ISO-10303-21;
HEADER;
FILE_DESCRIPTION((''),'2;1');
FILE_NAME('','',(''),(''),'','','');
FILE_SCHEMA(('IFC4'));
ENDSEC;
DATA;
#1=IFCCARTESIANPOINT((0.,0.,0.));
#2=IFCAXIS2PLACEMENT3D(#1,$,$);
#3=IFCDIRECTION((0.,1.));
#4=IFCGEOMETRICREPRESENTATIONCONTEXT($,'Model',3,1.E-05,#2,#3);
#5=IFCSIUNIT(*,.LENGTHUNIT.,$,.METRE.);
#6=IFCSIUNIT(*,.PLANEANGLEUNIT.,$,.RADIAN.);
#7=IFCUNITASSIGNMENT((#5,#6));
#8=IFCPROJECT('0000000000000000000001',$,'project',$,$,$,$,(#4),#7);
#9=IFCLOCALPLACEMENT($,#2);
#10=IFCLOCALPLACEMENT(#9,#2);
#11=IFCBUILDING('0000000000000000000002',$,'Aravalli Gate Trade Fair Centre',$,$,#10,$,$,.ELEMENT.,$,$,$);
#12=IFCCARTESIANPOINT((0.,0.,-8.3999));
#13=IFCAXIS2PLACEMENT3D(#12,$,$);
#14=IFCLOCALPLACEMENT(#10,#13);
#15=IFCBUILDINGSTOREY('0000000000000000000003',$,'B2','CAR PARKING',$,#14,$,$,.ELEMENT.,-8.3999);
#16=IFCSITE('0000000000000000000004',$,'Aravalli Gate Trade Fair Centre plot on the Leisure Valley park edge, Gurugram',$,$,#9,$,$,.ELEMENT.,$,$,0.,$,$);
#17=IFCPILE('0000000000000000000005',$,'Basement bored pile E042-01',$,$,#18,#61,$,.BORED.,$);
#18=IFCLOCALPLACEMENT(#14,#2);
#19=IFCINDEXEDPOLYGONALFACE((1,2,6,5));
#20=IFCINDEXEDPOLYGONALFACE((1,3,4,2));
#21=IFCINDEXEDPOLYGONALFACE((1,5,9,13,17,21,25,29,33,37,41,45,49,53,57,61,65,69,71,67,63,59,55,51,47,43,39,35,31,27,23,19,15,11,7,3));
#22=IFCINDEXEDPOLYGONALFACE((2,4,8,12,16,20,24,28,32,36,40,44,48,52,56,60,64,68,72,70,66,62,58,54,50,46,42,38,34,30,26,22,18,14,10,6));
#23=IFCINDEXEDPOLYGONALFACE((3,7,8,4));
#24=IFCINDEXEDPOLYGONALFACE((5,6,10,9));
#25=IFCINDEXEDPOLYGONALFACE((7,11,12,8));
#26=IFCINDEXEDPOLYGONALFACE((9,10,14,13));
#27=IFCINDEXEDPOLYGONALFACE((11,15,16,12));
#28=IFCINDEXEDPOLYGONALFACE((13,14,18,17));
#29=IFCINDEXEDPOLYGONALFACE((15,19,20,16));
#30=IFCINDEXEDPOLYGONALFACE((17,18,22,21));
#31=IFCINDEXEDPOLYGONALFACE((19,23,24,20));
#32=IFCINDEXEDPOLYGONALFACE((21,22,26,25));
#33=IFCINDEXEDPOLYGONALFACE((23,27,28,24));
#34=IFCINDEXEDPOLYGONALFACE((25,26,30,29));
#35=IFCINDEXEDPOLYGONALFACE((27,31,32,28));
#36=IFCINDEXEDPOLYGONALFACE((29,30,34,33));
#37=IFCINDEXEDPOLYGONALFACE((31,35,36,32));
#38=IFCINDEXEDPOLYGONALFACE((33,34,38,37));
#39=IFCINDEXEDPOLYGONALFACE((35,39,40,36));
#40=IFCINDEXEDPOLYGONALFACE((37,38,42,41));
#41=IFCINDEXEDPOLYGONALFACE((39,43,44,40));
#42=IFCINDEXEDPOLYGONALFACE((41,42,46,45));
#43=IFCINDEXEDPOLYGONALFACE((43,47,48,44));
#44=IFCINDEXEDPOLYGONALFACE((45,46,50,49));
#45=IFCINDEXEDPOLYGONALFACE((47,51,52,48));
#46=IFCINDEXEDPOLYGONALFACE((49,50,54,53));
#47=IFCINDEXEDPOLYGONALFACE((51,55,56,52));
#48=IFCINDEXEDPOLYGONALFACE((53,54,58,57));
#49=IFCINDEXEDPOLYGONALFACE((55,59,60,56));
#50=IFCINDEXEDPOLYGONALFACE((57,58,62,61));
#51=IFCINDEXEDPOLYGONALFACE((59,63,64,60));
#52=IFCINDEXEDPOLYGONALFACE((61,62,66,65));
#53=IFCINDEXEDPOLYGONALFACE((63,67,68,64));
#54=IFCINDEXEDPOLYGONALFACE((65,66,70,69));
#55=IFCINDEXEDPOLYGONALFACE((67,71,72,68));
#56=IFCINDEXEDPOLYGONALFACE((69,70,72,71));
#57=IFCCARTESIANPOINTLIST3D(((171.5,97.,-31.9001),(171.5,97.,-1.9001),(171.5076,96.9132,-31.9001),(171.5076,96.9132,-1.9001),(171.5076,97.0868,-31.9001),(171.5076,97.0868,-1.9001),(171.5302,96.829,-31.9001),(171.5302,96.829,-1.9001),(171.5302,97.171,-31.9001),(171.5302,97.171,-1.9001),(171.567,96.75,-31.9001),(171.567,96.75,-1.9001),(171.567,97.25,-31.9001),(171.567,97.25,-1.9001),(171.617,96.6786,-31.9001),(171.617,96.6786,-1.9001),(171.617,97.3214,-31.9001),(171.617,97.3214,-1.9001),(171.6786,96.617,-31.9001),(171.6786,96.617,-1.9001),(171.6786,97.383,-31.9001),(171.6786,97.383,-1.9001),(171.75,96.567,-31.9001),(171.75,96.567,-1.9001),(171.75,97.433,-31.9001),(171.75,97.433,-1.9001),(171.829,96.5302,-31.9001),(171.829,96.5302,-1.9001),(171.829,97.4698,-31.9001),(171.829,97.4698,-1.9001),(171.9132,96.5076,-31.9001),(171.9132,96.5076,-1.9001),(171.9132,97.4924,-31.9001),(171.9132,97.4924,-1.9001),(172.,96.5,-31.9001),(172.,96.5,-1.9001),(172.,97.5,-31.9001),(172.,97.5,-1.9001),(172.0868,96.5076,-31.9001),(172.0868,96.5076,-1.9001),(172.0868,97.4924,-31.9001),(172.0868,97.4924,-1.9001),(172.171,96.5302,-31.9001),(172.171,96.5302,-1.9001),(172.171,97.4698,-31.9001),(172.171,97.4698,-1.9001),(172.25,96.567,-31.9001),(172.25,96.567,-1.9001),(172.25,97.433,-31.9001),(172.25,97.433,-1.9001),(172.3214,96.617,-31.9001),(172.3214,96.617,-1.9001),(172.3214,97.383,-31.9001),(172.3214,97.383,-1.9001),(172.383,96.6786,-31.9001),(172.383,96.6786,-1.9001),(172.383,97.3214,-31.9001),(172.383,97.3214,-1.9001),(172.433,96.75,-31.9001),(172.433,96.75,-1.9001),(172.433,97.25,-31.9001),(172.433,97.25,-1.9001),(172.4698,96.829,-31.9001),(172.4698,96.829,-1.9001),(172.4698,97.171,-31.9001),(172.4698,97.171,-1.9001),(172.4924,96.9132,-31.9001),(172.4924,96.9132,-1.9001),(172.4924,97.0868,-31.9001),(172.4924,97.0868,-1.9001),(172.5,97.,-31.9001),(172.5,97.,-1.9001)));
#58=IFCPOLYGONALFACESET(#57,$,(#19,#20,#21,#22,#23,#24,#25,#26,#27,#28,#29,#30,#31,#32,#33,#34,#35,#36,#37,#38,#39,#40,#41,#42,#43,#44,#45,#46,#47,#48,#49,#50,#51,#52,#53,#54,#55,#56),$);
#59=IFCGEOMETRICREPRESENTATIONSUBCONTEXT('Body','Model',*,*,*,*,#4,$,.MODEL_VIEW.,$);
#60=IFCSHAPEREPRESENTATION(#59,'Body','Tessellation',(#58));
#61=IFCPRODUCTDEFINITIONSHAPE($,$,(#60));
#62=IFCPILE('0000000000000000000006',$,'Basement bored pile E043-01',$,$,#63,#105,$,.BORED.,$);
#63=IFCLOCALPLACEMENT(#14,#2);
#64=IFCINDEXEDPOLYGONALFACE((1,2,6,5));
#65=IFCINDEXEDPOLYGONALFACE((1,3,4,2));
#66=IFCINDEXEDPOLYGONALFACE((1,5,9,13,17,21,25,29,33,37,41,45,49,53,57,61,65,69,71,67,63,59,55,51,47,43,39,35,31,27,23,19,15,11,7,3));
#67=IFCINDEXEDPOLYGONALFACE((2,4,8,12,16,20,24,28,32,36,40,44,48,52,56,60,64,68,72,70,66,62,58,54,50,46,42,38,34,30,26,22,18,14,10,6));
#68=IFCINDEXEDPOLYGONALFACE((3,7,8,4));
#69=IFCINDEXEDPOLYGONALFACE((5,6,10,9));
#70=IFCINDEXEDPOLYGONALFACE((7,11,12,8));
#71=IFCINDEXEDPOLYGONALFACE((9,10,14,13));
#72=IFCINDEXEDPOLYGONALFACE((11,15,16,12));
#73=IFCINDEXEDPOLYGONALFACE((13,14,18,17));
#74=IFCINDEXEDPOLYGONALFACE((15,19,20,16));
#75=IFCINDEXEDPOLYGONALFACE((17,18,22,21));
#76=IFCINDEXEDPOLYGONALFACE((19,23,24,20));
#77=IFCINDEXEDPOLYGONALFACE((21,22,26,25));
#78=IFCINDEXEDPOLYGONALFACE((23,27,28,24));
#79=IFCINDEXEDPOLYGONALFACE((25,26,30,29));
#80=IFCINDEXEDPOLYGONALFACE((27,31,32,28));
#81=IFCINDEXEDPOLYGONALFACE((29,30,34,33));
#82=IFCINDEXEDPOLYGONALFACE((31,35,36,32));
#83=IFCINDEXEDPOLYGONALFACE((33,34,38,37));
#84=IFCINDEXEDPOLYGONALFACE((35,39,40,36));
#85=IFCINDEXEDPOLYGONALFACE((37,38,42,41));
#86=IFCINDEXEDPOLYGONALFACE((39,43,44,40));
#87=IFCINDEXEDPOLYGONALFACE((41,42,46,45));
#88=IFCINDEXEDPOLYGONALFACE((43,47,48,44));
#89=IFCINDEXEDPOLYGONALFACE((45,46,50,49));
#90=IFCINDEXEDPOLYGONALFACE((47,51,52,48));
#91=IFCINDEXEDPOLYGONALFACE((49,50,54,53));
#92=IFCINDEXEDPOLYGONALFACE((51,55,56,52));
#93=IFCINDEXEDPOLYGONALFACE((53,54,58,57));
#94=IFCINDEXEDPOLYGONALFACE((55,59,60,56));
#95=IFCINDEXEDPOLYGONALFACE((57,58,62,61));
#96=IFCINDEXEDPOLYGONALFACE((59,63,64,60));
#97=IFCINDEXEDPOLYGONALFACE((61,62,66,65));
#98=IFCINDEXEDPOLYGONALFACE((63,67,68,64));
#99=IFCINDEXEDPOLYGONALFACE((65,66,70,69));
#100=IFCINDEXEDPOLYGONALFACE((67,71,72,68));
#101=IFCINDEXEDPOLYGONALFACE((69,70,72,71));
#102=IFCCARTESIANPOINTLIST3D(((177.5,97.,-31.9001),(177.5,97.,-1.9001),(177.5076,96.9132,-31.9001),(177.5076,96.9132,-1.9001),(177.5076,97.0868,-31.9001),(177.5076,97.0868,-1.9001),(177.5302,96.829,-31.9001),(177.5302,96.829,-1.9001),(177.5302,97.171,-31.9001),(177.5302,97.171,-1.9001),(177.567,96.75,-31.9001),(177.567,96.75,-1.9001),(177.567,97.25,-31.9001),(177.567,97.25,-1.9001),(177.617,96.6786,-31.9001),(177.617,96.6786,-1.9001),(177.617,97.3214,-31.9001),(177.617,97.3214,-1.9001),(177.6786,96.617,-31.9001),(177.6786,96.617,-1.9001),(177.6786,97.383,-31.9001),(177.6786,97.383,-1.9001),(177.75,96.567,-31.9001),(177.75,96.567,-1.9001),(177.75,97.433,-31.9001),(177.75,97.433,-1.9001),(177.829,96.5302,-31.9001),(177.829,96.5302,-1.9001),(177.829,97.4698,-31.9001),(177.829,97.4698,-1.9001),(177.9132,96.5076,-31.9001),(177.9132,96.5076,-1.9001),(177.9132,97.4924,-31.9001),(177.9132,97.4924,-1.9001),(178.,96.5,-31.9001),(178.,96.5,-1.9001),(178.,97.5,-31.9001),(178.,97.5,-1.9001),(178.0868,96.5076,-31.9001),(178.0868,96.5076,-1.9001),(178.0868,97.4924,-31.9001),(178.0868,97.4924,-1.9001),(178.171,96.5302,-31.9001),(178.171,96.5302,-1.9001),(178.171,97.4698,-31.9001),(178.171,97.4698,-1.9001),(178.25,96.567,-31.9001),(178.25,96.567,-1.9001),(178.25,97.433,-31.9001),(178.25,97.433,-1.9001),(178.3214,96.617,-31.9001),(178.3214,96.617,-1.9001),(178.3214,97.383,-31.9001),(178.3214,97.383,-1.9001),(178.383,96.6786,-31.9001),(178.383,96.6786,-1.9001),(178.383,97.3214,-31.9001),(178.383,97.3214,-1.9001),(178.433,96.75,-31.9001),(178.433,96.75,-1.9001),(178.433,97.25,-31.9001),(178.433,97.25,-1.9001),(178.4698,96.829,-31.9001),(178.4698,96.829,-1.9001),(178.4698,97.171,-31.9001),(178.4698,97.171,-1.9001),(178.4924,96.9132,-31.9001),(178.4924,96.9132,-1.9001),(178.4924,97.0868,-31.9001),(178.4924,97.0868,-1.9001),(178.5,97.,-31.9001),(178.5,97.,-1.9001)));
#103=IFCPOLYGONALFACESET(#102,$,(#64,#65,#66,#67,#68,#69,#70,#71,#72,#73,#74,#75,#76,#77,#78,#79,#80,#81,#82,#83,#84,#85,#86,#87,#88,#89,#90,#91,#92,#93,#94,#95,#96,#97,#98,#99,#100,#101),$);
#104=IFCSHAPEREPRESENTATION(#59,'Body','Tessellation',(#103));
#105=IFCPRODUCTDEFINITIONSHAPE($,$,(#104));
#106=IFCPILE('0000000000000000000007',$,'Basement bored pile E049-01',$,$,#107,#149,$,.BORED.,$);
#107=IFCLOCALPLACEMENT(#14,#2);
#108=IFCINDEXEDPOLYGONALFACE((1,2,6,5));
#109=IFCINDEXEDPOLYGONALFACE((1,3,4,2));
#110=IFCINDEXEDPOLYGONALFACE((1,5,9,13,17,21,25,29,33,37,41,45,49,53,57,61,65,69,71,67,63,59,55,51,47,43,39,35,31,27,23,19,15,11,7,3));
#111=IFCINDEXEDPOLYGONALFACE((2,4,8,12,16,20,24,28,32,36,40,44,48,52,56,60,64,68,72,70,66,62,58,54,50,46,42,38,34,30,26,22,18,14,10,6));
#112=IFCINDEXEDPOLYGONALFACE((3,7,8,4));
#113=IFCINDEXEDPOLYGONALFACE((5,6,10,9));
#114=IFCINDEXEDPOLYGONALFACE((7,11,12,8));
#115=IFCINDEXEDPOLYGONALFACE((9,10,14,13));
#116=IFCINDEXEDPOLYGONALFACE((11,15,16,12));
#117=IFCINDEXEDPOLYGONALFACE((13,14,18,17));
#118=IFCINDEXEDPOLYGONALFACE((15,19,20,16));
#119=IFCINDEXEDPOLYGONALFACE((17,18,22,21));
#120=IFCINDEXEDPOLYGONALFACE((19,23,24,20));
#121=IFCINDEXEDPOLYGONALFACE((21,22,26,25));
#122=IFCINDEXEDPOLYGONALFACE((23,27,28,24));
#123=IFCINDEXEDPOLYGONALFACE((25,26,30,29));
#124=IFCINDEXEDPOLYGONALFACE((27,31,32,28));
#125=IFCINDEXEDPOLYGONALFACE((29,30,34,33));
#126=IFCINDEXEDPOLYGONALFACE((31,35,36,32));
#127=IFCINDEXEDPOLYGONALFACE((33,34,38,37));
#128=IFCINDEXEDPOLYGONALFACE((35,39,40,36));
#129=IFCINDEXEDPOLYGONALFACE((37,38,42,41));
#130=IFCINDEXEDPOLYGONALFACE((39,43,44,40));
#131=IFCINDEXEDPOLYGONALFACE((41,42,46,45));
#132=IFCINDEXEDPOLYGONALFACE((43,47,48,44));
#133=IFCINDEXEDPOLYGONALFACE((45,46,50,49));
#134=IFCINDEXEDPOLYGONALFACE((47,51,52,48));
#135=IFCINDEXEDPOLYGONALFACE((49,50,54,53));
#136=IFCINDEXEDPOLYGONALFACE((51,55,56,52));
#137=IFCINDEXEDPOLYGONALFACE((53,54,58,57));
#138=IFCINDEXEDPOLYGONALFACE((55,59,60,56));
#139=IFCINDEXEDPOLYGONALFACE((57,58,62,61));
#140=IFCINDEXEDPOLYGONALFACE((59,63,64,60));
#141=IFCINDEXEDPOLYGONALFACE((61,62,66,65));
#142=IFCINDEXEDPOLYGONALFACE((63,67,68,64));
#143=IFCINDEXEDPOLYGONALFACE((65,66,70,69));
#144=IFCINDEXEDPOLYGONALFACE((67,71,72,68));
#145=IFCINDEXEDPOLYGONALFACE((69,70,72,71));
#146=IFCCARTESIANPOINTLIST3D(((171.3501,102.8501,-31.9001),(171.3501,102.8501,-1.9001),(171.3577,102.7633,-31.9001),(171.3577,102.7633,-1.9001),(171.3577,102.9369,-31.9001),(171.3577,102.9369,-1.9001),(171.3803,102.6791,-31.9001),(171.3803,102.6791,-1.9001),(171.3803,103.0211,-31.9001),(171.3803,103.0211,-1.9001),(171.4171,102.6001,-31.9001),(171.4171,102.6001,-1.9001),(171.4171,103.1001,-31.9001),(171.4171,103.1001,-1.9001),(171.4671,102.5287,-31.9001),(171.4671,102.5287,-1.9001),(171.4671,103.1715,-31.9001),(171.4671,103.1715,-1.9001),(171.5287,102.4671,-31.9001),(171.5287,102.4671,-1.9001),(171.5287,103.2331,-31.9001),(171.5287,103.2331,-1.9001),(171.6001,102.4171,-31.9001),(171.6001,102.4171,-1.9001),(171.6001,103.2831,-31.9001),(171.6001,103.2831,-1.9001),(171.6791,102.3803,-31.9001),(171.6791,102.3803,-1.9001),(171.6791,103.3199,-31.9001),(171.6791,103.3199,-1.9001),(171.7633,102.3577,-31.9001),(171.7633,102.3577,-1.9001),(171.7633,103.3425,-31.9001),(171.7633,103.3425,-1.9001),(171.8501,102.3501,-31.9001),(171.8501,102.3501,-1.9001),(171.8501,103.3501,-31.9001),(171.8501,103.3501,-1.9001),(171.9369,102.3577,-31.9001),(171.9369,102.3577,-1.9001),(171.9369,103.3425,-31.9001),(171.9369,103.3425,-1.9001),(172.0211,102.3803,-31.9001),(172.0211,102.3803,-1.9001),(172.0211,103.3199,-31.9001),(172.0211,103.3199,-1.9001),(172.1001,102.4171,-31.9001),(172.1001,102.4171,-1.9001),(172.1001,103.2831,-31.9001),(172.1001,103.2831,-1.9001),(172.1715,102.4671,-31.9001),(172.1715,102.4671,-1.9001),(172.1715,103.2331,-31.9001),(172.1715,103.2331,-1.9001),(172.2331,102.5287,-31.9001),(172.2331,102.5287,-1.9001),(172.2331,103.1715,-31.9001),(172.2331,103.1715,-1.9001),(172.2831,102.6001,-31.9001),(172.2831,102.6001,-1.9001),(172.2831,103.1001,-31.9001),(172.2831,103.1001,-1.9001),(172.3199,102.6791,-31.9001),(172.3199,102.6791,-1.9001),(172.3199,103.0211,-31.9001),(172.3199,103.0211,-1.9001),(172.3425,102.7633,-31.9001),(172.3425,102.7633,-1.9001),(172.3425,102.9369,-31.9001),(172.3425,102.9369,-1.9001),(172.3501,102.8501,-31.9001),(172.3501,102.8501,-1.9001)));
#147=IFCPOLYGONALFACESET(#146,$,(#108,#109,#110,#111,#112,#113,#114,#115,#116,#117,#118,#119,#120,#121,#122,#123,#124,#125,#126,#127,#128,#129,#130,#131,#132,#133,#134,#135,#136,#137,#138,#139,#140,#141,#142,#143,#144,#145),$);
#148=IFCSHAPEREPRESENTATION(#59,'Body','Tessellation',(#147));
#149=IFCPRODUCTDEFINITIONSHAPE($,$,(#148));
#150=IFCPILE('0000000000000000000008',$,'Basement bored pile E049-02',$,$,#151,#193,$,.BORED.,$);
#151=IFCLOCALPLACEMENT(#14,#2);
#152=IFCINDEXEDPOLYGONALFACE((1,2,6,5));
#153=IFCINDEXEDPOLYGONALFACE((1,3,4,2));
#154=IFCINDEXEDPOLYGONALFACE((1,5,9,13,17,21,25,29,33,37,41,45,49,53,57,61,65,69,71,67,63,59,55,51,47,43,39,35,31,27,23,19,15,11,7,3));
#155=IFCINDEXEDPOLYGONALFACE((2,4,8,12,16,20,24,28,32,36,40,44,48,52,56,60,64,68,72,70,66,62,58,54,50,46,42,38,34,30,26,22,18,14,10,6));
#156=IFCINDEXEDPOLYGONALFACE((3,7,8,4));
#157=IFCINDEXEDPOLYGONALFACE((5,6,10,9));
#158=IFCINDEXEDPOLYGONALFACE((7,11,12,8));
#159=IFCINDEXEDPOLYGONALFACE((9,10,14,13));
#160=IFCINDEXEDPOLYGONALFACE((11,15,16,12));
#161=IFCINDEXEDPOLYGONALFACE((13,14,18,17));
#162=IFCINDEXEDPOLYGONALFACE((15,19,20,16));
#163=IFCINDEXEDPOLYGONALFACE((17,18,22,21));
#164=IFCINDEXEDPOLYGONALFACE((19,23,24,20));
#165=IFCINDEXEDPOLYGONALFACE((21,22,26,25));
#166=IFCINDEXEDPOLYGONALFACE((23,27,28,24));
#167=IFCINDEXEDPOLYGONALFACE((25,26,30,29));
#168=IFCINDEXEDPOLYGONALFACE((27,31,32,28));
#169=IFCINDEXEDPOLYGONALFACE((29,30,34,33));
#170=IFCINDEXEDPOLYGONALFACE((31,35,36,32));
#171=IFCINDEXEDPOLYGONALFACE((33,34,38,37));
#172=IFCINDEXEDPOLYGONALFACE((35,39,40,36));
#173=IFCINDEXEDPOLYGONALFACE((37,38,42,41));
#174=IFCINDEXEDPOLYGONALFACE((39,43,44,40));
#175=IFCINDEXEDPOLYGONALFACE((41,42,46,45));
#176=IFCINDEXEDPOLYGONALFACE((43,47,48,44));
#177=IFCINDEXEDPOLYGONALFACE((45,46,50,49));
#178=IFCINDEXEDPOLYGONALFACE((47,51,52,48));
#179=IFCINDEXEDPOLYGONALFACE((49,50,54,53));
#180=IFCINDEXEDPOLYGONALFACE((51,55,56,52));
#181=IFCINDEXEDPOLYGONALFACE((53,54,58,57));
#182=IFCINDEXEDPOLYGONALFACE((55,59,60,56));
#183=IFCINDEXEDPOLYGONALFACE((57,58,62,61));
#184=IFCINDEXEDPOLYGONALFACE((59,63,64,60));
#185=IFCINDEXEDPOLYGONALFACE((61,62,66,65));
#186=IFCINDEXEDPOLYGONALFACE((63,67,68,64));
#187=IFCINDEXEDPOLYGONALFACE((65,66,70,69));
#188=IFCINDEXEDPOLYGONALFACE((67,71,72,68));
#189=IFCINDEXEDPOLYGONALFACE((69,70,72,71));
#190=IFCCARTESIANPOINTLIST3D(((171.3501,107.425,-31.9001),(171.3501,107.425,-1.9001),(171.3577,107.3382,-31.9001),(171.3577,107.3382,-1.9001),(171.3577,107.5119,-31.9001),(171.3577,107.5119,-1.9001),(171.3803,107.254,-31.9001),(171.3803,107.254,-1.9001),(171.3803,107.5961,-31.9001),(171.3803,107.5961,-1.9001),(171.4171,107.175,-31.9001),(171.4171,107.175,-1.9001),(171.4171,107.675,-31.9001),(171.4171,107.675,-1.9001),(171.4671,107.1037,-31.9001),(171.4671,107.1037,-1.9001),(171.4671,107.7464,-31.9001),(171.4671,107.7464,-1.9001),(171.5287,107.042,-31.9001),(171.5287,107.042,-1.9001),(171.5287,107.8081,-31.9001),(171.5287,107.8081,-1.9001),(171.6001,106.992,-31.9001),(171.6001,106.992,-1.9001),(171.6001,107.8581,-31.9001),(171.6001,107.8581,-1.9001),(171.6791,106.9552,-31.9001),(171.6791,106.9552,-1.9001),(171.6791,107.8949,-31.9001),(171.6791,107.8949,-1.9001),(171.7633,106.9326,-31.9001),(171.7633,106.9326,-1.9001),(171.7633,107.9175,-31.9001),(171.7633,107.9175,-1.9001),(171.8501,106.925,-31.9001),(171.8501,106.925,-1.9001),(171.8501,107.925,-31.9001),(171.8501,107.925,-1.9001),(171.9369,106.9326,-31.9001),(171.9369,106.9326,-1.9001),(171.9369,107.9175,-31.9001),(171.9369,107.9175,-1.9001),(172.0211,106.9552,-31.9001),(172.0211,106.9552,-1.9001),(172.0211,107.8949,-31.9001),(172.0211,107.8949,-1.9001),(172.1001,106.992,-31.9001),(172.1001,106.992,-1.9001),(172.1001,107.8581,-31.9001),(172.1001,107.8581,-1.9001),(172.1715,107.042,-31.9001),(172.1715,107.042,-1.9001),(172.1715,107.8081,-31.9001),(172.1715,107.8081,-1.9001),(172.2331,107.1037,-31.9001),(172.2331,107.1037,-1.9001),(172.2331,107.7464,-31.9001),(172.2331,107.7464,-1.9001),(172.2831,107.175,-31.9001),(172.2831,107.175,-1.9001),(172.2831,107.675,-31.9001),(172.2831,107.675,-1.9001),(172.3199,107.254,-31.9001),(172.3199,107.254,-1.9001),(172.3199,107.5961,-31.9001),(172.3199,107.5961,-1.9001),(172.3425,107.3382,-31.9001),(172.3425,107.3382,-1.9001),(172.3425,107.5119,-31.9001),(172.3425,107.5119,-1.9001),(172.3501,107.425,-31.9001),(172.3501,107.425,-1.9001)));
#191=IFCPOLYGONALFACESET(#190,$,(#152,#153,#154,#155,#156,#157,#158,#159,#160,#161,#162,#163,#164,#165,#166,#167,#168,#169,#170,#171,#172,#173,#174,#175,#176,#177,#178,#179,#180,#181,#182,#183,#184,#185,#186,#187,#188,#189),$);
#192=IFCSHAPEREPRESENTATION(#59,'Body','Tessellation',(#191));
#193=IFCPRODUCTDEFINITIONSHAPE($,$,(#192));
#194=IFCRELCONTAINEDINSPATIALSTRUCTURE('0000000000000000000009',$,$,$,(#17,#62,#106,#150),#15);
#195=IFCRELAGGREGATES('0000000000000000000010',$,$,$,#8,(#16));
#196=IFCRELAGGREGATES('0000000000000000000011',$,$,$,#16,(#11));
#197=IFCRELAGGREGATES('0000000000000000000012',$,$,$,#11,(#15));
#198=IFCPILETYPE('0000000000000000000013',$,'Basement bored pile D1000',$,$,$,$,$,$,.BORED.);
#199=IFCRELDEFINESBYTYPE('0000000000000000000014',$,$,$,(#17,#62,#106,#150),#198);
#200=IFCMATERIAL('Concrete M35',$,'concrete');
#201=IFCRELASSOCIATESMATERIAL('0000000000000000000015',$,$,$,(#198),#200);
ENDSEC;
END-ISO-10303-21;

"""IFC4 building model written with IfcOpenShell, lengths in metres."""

from ifc_helpers import new_model, si_unit, direction, frame, origin, origin_2d, place, context, subcontext, project, spatial, circle, extrude, material, material_profile, profile_set, type_object, element, save


model = new_model("IFC4")

# Units and contexts
model_context = context("Model", 3, precision=1e-05, world=origin(), true_north=direction((0.0, 1.0)))
body_context = subcontext(model_context, "Body", "Model", "MODEL_VIEW")
ifc_project = project(units=[si_unit("LENGTHUNIT", "METRE"), si_unit("PLANEANGLEUNIT", "RADIAN")], contexts=[model_context])

# Site, building, storey
site_placement = place(None, origin())
site = spatial("IfcSite", under=ifc_project, at=site_placement, Name="Aravalli Gate Trade Fair Centre plot on the Leisure Valley park edge, Gurugram", CompositionType="ELEMENT", RefElevation=0.0)
building_placement = place(site_placement, origin())
building = spatial("IfcBuilding", under=site, at=building_placement, Name="Aravalli Gate Trade Fair Centre", CompositionType="ELEMENT")
storey_placement = place(building_placement, frame((0.0, 0.0, -8.3999)))
storey = spatial("IfcBuildingStorey", under=building, at=storey_placement, Name="B2", Description="CAR PARKING", CompositionType="ELEMENT", Elevation=-8.3999)

# Piles
ifc_material_1 = material(Name="Concrete M35", Category="concrete")
ifc_material_profile_1 = material_profile(ifc_material_1, circle(Radius=0.5, at=origin_2d()), Name="D1000")
ifc_profile_set_1 = profile_set([ifc_material_profile_1], Name="Concrete M35")
pile_type = type_object("IfcPileType", Name="Basement bored pile D1000", PredefinedType="BORED", material=ifc_profile_set_1)
for number, where, z_axis, x_axis, name in (
    (1, (172.0, 97.0, -1.9001), (0.0, 0.0, -1.0), (1.0, 0.0, 0.0), "Basement bored pile E042-01"),
    (2, (178.0, 97.0, -1.9001), (0.0, 0.0, -1.0), (1.0, 0.0, 0.0), "Basement bored pile E043-01"),
    (3, (171.8501, 102.8501, -1.9001), (0.0, 0.0, -1.0), (1.0, 0.0, 0.0), "Basement bored pile E049-01"),
    (4, (171.8501, 107.425, -1.9001), (0.0, 0.0, -1.0), (1.0, 0.0, 0.0), "Basement bored pile E049-02"),
):
    element("IfcPile", number, at=place(storey_placement, frame(where, z_axis=z_axis, x_axis=x_axis)), inside=storey, type_object=pile_type, Name=name, PredefinedType="BORED", context=body_context, shape_type="SweptSolid", body=[
        extrude(circle(Radius=0.5, at=origin_2d()), origin(), (0.0, 0.0, 1.0), 30.0),
    ])

save(model, "model.ifc")
